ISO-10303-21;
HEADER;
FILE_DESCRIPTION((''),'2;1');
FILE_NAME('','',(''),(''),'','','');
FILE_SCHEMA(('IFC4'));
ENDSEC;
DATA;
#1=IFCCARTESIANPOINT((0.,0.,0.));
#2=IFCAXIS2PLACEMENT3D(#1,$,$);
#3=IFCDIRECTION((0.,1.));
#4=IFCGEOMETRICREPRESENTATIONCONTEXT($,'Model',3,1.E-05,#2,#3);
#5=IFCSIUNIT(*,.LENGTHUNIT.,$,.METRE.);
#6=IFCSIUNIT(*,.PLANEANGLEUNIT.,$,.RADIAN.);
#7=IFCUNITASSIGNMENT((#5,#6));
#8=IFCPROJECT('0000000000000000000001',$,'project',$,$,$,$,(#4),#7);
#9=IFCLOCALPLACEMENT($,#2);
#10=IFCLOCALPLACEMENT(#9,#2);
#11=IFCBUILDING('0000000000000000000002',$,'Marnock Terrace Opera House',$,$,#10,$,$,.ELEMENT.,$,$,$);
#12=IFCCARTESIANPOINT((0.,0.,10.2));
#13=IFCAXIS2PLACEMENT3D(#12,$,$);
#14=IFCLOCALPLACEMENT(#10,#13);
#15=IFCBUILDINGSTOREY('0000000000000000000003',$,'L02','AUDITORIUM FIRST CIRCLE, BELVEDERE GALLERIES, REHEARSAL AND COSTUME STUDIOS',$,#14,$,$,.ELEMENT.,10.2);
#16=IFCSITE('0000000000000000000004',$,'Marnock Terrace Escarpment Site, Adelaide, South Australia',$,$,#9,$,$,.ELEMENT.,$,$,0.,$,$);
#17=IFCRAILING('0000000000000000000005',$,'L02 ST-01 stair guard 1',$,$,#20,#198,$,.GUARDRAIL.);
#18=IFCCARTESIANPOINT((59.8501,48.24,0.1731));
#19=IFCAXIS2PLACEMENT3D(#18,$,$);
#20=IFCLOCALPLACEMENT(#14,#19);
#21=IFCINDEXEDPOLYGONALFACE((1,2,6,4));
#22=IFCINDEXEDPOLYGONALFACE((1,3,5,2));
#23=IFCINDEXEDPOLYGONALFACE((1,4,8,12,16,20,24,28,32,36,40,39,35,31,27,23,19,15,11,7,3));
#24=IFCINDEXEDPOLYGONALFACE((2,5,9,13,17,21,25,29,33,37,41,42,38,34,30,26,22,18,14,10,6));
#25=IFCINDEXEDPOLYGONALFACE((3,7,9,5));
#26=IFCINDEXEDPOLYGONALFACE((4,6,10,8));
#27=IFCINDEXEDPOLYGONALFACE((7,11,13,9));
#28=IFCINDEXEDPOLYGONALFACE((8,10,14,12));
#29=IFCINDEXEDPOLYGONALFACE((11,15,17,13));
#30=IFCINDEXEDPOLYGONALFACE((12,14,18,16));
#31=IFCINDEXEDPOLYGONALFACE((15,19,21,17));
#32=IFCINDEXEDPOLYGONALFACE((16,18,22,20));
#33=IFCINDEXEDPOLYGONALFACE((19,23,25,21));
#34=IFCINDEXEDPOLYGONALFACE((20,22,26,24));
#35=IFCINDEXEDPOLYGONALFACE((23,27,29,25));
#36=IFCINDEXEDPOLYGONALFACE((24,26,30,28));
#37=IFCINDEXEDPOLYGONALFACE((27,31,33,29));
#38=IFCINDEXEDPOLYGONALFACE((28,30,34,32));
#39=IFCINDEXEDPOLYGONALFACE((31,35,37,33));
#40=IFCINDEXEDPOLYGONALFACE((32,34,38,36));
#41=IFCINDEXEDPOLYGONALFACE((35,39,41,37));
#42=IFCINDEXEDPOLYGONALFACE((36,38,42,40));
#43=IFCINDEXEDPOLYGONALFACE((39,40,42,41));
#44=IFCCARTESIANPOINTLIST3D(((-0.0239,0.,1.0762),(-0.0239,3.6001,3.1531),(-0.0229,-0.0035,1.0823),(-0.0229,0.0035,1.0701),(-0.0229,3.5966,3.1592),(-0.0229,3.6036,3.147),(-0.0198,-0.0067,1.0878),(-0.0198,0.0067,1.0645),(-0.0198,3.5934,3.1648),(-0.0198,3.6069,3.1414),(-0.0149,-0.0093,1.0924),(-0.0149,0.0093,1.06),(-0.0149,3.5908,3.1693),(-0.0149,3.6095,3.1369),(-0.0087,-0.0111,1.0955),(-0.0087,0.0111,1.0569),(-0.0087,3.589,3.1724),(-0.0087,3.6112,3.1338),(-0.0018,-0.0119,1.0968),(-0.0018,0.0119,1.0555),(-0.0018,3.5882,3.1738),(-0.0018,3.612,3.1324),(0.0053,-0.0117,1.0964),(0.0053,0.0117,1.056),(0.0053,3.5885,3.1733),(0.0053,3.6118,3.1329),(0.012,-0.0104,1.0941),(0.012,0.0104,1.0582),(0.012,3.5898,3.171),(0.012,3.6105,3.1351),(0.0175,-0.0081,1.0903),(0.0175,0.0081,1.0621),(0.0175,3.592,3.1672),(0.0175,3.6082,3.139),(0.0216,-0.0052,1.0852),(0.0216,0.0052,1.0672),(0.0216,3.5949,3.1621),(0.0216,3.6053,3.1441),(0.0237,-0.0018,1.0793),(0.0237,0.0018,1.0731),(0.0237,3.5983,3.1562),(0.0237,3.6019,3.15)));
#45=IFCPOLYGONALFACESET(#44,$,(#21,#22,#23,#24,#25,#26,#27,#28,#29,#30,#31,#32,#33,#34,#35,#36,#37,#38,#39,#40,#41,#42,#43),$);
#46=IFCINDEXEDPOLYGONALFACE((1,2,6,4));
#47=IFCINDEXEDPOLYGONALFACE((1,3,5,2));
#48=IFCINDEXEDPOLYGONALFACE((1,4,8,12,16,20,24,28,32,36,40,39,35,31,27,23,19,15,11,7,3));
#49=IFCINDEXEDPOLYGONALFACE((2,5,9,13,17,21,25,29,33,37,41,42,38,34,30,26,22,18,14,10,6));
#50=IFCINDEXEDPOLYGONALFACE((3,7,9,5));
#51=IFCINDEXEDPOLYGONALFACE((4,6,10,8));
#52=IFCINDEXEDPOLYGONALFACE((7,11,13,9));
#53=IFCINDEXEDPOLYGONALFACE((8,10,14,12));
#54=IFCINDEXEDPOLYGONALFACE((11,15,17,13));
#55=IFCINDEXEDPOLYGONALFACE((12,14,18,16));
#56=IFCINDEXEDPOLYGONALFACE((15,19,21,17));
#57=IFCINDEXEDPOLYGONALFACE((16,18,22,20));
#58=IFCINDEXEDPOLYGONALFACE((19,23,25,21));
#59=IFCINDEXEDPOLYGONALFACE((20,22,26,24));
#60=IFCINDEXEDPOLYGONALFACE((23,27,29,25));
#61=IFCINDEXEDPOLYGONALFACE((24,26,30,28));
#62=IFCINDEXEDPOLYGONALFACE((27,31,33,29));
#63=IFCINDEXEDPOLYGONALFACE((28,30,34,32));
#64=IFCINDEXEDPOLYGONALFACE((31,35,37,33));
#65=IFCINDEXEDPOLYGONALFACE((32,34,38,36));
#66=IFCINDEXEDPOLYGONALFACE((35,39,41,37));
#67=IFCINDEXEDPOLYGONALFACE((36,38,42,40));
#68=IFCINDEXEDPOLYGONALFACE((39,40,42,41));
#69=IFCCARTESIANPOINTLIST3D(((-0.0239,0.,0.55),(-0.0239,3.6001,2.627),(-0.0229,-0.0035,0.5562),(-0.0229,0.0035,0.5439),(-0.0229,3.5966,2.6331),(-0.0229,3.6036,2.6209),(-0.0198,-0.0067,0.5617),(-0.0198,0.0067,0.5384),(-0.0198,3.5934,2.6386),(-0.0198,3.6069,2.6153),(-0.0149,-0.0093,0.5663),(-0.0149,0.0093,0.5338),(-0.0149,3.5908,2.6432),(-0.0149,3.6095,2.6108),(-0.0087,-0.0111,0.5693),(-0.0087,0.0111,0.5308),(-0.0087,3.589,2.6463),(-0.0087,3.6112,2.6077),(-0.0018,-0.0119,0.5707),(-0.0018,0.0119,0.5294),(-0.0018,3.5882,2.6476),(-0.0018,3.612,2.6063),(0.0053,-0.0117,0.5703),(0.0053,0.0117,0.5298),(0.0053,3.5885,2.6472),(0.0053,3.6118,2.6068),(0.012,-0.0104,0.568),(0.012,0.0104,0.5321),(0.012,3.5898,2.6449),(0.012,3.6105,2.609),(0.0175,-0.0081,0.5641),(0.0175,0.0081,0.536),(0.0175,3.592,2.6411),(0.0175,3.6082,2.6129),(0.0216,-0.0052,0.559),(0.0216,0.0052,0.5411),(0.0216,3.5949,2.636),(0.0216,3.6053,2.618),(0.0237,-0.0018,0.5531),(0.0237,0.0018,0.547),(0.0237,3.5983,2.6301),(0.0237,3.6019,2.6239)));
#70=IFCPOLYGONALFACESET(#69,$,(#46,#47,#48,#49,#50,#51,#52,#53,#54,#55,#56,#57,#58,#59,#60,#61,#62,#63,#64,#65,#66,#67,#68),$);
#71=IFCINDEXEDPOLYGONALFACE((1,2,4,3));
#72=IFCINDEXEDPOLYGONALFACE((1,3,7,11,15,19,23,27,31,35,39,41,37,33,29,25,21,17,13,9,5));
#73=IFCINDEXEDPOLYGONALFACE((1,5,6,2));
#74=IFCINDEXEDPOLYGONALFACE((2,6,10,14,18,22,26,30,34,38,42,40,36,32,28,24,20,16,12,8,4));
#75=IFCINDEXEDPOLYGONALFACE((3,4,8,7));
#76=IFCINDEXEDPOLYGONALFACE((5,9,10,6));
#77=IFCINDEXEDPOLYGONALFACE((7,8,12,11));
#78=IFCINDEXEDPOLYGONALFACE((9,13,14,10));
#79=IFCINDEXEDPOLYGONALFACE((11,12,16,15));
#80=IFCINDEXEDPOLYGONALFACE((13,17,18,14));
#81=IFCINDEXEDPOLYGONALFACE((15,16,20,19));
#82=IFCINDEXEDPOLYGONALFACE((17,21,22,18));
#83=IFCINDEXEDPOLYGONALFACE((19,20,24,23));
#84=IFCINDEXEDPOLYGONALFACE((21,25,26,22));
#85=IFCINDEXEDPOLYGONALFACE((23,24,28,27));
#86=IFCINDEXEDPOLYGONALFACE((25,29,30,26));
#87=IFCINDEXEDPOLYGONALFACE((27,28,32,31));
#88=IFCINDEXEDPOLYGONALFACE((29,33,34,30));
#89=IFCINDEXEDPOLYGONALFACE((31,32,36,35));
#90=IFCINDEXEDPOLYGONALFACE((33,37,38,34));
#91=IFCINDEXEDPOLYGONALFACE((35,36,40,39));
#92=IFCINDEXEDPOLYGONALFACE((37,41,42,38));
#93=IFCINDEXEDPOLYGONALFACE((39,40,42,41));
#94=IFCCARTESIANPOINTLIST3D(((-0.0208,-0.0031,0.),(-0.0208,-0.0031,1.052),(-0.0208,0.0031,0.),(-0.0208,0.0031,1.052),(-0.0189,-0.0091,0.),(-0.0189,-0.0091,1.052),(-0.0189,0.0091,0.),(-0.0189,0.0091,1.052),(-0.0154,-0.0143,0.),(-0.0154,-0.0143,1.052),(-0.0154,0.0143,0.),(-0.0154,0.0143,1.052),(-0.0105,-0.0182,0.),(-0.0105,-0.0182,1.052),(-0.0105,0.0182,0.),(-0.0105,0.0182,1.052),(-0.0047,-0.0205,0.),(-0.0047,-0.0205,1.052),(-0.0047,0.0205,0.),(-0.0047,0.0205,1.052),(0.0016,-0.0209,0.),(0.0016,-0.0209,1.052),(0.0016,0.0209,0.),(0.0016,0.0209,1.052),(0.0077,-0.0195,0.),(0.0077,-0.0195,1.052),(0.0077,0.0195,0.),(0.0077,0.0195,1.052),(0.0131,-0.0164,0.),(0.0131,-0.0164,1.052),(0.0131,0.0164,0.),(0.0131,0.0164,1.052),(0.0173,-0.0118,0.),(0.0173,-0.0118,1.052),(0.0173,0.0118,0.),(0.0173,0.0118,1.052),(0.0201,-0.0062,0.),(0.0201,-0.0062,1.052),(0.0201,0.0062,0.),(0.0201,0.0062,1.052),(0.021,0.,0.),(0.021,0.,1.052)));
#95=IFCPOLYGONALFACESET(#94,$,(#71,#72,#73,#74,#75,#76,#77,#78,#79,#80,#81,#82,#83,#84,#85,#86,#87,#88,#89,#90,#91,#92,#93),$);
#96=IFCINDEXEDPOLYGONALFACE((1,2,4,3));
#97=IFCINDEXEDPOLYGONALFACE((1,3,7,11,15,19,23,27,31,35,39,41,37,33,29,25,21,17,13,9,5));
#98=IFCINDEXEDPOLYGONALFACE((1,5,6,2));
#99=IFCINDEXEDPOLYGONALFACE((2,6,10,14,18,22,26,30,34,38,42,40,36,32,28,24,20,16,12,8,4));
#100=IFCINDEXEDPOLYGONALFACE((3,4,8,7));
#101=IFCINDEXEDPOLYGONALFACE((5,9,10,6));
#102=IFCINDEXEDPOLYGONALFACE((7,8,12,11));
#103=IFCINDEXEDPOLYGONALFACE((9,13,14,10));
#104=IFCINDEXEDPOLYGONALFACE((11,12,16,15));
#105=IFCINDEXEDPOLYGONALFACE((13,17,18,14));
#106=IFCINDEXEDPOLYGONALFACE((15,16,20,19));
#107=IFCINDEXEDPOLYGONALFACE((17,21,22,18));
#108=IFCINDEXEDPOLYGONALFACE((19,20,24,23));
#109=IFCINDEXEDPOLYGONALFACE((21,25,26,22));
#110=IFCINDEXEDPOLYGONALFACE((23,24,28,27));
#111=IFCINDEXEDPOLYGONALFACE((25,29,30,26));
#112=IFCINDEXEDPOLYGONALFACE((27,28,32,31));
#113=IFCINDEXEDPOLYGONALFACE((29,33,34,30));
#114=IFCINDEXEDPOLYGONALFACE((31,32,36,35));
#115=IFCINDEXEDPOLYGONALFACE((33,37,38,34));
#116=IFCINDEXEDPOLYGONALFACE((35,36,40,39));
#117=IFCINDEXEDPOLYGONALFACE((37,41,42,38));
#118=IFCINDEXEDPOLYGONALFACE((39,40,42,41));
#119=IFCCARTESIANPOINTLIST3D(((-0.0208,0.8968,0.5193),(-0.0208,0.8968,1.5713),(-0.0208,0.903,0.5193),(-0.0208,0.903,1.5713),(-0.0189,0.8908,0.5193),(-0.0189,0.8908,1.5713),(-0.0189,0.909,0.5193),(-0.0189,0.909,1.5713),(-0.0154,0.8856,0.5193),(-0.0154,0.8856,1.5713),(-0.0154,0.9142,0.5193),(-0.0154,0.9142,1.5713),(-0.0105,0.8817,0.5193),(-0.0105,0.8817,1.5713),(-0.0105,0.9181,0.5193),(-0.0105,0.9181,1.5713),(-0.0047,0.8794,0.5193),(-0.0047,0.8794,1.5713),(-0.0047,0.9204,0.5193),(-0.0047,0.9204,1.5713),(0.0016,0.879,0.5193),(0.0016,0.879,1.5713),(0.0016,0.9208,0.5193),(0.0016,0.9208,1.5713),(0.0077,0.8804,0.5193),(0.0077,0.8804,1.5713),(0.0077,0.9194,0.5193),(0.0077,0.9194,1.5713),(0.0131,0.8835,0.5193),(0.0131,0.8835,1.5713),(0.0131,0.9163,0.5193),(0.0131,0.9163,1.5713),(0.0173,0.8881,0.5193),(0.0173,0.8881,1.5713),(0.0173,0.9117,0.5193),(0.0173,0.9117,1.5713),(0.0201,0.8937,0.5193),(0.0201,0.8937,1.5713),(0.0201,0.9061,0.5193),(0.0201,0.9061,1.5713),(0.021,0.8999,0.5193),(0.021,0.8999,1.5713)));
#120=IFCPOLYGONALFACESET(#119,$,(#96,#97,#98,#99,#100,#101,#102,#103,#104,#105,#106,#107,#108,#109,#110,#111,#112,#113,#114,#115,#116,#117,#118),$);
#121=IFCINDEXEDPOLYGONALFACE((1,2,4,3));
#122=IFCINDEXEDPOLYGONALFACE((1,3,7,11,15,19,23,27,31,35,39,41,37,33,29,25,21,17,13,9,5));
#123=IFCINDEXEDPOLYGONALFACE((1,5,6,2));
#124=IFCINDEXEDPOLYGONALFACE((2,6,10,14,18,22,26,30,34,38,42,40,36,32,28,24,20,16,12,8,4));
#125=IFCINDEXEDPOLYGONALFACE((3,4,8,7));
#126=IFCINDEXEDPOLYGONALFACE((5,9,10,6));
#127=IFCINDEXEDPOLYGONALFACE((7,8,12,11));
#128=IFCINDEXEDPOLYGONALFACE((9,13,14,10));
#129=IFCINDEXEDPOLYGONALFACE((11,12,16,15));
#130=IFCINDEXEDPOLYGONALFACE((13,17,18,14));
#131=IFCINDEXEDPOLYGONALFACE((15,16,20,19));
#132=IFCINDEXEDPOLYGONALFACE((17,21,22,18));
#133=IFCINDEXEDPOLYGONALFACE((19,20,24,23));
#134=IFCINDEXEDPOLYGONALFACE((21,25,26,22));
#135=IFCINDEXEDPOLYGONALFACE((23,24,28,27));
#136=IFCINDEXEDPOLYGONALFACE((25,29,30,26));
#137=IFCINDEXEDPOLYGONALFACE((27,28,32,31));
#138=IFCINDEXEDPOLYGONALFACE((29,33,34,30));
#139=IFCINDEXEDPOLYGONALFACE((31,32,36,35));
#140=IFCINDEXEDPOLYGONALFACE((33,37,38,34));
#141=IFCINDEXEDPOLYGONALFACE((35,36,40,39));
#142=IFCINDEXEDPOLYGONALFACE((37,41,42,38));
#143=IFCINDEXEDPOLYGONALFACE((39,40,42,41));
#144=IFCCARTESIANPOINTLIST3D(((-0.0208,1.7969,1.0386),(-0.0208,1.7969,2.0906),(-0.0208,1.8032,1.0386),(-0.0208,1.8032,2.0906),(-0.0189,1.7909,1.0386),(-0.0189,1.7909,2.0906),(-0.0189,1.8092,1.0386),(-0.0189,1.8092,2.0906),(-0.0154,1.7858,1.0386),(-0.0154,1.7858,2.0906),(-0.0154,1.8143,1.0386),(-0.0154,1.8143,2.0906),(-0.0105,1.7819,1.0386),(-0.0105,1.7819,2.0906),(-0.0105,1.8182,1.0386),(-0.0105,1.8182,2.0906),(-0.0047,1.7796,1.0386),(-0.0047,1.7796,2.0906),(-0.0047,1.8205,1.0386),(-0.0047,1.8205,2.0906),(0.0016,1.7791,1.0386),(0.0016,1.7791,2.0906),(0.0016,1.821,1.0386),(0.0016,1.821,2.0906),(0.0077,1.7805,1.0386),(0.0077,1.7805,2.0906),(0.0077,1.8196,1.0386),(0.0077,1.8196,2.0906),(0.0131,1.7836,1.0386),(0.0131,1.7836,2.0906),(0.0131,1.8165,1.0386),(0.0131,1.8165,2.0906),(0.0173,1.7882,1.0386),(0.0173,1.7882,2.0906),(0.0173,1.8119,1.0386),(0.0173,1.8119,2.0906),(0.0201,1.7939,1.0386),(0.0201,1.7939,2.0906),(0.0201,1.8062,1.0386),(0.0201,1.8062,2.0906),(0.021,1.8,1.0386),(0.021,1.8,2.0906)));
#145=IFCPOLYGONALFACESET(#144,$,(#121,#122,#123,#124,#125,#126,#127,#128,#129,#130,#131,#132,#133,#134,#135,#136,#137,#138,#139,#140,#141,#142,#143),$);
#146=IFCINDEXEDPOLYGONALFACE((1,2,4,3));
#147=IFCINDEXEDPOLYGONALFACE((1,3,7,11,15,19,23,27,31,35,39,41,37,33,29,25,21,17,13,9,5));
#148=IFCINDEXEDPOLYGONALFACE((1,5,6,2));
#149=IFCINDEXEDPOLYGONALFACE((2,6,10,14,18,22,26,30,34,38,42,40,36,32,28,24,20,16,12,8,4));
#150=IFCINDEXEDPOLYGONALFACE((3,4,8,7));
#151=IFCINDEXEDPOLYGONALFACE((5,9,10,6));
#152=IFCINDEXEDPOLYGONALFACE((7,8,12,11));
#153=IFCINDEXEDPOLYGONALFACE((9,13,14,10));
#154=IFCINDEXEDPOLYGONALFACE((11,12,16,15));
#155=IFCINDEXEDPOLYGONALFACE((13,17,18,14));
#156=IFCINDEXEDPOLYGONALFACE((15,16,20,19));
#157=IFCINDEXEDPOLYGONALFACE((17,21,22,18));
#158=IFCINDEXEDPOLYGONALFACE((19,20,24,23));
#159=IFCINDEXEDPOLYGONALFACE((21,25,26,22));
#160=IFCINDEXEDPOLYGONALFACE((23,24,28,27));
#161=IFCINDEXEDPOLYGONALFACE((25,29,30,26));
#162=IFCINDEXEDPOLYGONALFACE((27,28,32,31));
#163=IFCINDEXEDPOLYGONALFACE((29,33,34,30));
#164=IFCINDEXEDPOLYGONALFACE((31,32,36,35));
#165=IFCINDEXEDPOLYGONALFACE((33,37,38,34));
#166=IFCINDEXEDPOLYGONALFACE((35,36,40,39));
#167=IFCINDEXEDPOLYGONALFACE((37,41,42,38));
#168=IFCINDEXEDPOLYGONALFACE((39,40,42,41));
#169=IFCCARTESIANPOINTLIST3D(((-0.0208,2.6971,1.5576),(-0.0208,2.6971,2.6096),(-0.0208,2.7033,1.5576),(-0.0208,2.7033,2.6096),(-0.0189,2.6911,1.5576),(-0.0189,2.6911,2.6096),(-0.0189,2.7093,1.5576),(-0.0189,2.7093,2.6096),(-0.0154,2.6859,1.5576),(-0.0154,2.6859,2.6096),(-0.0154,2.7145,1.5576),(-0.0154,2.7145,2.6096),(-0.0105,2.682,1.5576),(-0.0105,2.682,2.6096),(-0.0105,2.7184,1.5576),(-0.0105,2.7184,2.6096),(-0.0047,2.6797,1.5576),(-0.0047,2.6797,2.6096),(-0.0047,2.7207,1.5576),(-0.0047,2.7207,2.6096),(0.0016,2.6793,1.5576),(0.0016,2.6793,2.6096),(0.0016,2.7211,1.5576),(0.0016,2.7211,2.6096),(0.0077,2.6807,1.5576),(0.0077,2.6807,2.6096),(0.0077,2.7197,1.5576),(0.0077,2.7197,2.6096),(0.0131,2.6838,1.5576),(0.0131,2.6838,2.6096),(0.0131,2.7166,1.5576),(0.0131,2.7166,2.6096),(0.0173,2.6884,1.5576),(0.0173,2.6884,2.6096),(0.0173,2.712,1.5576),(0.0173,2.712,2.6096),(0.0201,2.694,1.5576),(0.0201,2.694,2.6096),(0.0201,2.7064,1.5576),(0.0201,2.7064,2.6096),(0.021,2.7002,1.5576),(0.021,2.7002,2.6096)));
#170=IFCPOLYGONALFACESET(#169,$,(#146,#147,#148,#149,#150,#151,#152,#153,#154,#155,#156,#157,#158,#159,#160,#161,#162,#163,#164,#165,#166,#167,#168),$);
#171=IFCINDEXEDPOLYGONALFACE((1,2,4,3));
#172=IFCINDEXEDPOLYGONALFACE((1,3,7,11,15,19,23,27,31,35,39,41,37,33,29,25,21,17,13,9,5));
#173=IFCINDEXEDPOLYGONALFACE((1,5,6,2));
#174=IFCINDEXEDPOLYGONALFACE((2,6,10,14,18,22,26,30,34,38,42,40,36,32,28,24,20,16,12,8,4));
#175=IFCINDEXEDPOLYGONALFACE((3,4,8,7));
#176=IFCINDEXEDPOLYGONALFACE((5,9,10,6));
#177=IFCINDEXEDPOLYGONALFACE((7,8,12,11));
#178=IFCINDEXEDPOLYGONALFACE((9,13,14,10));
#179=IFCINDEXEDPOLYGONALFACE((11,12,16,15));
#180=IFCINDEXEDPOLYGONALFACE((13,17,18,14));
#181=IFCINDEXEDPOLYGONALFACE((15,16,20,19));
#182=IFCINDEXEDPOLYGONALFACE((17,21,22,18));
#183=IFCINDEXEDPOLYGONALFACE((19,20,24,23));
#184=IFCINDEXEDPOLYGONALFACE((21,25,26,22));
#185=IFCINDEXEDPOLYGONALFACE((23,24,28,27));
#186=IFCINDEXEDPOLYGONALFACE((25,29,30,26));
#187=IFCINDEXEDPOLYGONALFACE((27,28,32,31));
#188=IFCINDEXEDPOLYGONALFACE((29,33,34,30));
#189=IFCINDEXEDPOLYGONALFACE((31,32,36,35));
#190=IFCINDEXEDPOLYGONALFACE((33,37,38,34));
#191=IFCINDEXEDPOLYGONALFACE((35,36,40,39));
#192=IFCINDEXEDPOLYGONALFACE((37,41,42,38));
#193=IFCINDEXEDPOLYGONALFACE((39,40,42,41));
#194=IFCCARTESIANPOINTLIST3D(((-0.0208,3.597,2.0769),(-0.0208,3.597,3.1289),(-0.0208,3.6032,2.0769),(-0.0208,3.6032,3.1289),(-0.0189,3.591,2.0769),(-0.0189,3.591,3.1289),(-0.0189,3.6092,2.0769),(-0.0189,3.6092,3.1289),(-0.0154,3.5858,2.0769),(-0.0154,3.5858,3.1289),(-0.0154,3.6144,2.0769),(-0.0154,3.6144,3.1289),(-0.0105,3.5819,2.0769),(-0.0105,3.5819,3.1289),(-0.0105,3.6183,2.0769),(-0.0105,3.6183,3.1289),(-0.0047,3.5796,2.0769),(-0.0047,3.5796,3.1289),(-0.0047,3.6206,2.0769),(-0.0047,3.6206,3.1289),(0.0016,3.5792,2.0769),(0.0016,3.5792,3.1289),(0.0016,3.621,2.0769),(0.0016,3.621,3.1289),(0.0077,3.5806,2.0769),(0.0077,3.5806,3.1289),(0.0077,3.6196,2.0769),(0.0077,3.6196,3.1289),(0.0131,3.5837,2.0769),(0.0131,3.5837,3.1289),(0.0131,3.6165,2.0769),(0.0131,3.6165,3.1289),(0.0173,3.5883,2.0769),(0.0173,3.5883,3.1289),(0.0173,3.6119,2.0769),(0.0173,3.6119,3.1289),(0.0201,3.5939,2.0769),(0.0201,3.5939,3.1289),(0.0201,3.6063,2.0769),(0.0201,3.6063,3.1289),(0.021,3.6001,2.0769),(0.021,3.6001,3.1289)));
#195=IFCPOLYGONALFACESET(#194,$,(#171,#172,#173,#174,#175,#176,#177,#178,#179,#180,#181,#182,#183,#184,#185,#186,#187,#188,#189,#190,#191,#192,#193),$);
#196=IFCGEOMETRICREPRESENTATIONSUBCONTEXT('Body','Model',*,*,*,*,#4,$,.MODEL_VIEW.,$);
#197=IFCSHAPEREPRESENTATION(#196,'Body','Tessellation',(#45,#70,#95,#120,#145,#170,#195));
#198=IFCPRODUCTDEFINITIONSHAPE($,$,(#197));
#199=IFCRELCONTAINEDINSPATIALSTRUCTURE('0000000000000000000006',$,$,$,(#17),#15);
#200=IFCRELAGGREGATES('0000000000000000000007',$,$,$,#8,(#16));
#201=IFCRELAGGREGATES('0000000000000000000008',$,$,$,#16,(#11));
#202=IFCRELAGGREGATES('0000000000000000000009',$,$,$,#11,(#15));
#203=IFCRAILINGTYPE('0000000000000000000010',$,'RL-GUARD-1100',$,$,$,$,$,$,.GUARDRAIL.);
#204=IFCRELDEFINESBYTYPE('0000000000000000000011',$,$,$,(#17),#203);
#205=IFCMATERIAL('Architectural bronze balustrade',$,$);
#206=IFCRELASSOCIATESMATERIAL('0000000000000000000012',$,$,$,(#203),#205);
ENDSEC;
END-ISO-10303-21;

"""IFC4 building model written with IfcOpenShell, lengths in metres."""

from ifc_helpers import new_model, si_unit, direction, frame, origin, origin_2d, place, context, subcontext, project, spatial, circle, extrude, material, type_object, element, save


model = new_model("IFC4")

# Units and contexts
model_context = context("Model", 3, precision=1e-05, world=origin(), true_north=direction((0.0, 1.0)))
body_context = subcontext(model_context, "Body", "Model", "MODEL_VIEW")
ifc_project = project(units=[si_unit("LENGTHUNIT", "METRE"), si_unit("PLANEANGLEUNIT", "RADIAN")], contexts=[model_context])

# Site, building, storey
site_placement = place(None, origin())
site = spatial("IfcSite", under=ifc_project, at=site_placement, Name="Marnock Terrace Escarpment Site, Adelaide, South Australia", CompositionType="ELEMENT", RefElevation=0.0)
building_placement = place(site_placement, origin())
building = spatial("IfcBuilding", under=site, at=building_placement, Name="Marnock Terrace Opera House", CompositionType="ELEMENT")
storey_placement = place(building_placement, frame((0.0, 0.0, 10.2)))
storey = spatial("IfcBuildingStorey", under=building, at=storey_placement, Name="L02", Description="AUDITORIUM FIRST CIRCLE, BELVEDERE GALLERIES, REHEARSAL AND COSTUME STUDIOS", CompositionType="ELEMENT", Elevation=10.2)

# Railing
ifc_material_1 = material(Name="Architectural bronze balustrade")
railing_type_1 = type_object("IfcRailingType", Name="RL-GUARD-1100", PredefinedType="GUARDRAIL", material=ifc_material_1)
railing_1_placement = place(storey_placement, frame((59.8501, 48.24, 0.1731)))
element("IfcRailing", 1, at=railing_1_placement, inside=storey, type_object=railing_type_1, Name="L02 ST-01 stair guard 1", PredefinedType="GUARDRAIL", context=body_context, shape_type="SweptSolid", body=[
    extrude(circle(Radius=0.0239, at=origin_2d()), frame((0.0, 0.0, 1.0762), z_axis=(0.0, 0.866193, 0.499709), x_axis=(-1.0, 0.0, 0.0)), (0.0, 0.0, 1.0), 4.1562),
    extrude(circle(Radius=0.0239, at=origin_2d()), frame((0.0, 0.0, 0.55), z_axis=(0.0, 0.866193, 0.499709), x_axis=(-1.0, 0.0, 0.0)), (0.0, 0.0, 1.0), 4.1562),
    extrude(circle(Radius=0.021, at=origin_2d()), origin(), (0.0, 0.0, 1.0), 1.052),
    extrude(circle(Radius=0.021, at=origin_2d()), frame((0.0, 0.8999, 0.5193)), (0.0, 0.0, 1.0), 1.052),
    extrude(circle(Radius=0.021, at=origin_2d()), frame((0.0, 1.8, 1.0386)), (0.0, 0.0, 1.0), 1.052),
    extrude(circle(Radius=0.021, at=origin_2d()), frame((0.0, 2.7002, 1.5576)), (0.0, 0.0, 1.0), 1.052),
    extrude(circle(Radius=0.021, at=origin_2d()), frame((0.0, 3.6001, 2.0769)), (0.0, 0.0, 1.0), 1.052),
])

save(model, "model.ifc")
